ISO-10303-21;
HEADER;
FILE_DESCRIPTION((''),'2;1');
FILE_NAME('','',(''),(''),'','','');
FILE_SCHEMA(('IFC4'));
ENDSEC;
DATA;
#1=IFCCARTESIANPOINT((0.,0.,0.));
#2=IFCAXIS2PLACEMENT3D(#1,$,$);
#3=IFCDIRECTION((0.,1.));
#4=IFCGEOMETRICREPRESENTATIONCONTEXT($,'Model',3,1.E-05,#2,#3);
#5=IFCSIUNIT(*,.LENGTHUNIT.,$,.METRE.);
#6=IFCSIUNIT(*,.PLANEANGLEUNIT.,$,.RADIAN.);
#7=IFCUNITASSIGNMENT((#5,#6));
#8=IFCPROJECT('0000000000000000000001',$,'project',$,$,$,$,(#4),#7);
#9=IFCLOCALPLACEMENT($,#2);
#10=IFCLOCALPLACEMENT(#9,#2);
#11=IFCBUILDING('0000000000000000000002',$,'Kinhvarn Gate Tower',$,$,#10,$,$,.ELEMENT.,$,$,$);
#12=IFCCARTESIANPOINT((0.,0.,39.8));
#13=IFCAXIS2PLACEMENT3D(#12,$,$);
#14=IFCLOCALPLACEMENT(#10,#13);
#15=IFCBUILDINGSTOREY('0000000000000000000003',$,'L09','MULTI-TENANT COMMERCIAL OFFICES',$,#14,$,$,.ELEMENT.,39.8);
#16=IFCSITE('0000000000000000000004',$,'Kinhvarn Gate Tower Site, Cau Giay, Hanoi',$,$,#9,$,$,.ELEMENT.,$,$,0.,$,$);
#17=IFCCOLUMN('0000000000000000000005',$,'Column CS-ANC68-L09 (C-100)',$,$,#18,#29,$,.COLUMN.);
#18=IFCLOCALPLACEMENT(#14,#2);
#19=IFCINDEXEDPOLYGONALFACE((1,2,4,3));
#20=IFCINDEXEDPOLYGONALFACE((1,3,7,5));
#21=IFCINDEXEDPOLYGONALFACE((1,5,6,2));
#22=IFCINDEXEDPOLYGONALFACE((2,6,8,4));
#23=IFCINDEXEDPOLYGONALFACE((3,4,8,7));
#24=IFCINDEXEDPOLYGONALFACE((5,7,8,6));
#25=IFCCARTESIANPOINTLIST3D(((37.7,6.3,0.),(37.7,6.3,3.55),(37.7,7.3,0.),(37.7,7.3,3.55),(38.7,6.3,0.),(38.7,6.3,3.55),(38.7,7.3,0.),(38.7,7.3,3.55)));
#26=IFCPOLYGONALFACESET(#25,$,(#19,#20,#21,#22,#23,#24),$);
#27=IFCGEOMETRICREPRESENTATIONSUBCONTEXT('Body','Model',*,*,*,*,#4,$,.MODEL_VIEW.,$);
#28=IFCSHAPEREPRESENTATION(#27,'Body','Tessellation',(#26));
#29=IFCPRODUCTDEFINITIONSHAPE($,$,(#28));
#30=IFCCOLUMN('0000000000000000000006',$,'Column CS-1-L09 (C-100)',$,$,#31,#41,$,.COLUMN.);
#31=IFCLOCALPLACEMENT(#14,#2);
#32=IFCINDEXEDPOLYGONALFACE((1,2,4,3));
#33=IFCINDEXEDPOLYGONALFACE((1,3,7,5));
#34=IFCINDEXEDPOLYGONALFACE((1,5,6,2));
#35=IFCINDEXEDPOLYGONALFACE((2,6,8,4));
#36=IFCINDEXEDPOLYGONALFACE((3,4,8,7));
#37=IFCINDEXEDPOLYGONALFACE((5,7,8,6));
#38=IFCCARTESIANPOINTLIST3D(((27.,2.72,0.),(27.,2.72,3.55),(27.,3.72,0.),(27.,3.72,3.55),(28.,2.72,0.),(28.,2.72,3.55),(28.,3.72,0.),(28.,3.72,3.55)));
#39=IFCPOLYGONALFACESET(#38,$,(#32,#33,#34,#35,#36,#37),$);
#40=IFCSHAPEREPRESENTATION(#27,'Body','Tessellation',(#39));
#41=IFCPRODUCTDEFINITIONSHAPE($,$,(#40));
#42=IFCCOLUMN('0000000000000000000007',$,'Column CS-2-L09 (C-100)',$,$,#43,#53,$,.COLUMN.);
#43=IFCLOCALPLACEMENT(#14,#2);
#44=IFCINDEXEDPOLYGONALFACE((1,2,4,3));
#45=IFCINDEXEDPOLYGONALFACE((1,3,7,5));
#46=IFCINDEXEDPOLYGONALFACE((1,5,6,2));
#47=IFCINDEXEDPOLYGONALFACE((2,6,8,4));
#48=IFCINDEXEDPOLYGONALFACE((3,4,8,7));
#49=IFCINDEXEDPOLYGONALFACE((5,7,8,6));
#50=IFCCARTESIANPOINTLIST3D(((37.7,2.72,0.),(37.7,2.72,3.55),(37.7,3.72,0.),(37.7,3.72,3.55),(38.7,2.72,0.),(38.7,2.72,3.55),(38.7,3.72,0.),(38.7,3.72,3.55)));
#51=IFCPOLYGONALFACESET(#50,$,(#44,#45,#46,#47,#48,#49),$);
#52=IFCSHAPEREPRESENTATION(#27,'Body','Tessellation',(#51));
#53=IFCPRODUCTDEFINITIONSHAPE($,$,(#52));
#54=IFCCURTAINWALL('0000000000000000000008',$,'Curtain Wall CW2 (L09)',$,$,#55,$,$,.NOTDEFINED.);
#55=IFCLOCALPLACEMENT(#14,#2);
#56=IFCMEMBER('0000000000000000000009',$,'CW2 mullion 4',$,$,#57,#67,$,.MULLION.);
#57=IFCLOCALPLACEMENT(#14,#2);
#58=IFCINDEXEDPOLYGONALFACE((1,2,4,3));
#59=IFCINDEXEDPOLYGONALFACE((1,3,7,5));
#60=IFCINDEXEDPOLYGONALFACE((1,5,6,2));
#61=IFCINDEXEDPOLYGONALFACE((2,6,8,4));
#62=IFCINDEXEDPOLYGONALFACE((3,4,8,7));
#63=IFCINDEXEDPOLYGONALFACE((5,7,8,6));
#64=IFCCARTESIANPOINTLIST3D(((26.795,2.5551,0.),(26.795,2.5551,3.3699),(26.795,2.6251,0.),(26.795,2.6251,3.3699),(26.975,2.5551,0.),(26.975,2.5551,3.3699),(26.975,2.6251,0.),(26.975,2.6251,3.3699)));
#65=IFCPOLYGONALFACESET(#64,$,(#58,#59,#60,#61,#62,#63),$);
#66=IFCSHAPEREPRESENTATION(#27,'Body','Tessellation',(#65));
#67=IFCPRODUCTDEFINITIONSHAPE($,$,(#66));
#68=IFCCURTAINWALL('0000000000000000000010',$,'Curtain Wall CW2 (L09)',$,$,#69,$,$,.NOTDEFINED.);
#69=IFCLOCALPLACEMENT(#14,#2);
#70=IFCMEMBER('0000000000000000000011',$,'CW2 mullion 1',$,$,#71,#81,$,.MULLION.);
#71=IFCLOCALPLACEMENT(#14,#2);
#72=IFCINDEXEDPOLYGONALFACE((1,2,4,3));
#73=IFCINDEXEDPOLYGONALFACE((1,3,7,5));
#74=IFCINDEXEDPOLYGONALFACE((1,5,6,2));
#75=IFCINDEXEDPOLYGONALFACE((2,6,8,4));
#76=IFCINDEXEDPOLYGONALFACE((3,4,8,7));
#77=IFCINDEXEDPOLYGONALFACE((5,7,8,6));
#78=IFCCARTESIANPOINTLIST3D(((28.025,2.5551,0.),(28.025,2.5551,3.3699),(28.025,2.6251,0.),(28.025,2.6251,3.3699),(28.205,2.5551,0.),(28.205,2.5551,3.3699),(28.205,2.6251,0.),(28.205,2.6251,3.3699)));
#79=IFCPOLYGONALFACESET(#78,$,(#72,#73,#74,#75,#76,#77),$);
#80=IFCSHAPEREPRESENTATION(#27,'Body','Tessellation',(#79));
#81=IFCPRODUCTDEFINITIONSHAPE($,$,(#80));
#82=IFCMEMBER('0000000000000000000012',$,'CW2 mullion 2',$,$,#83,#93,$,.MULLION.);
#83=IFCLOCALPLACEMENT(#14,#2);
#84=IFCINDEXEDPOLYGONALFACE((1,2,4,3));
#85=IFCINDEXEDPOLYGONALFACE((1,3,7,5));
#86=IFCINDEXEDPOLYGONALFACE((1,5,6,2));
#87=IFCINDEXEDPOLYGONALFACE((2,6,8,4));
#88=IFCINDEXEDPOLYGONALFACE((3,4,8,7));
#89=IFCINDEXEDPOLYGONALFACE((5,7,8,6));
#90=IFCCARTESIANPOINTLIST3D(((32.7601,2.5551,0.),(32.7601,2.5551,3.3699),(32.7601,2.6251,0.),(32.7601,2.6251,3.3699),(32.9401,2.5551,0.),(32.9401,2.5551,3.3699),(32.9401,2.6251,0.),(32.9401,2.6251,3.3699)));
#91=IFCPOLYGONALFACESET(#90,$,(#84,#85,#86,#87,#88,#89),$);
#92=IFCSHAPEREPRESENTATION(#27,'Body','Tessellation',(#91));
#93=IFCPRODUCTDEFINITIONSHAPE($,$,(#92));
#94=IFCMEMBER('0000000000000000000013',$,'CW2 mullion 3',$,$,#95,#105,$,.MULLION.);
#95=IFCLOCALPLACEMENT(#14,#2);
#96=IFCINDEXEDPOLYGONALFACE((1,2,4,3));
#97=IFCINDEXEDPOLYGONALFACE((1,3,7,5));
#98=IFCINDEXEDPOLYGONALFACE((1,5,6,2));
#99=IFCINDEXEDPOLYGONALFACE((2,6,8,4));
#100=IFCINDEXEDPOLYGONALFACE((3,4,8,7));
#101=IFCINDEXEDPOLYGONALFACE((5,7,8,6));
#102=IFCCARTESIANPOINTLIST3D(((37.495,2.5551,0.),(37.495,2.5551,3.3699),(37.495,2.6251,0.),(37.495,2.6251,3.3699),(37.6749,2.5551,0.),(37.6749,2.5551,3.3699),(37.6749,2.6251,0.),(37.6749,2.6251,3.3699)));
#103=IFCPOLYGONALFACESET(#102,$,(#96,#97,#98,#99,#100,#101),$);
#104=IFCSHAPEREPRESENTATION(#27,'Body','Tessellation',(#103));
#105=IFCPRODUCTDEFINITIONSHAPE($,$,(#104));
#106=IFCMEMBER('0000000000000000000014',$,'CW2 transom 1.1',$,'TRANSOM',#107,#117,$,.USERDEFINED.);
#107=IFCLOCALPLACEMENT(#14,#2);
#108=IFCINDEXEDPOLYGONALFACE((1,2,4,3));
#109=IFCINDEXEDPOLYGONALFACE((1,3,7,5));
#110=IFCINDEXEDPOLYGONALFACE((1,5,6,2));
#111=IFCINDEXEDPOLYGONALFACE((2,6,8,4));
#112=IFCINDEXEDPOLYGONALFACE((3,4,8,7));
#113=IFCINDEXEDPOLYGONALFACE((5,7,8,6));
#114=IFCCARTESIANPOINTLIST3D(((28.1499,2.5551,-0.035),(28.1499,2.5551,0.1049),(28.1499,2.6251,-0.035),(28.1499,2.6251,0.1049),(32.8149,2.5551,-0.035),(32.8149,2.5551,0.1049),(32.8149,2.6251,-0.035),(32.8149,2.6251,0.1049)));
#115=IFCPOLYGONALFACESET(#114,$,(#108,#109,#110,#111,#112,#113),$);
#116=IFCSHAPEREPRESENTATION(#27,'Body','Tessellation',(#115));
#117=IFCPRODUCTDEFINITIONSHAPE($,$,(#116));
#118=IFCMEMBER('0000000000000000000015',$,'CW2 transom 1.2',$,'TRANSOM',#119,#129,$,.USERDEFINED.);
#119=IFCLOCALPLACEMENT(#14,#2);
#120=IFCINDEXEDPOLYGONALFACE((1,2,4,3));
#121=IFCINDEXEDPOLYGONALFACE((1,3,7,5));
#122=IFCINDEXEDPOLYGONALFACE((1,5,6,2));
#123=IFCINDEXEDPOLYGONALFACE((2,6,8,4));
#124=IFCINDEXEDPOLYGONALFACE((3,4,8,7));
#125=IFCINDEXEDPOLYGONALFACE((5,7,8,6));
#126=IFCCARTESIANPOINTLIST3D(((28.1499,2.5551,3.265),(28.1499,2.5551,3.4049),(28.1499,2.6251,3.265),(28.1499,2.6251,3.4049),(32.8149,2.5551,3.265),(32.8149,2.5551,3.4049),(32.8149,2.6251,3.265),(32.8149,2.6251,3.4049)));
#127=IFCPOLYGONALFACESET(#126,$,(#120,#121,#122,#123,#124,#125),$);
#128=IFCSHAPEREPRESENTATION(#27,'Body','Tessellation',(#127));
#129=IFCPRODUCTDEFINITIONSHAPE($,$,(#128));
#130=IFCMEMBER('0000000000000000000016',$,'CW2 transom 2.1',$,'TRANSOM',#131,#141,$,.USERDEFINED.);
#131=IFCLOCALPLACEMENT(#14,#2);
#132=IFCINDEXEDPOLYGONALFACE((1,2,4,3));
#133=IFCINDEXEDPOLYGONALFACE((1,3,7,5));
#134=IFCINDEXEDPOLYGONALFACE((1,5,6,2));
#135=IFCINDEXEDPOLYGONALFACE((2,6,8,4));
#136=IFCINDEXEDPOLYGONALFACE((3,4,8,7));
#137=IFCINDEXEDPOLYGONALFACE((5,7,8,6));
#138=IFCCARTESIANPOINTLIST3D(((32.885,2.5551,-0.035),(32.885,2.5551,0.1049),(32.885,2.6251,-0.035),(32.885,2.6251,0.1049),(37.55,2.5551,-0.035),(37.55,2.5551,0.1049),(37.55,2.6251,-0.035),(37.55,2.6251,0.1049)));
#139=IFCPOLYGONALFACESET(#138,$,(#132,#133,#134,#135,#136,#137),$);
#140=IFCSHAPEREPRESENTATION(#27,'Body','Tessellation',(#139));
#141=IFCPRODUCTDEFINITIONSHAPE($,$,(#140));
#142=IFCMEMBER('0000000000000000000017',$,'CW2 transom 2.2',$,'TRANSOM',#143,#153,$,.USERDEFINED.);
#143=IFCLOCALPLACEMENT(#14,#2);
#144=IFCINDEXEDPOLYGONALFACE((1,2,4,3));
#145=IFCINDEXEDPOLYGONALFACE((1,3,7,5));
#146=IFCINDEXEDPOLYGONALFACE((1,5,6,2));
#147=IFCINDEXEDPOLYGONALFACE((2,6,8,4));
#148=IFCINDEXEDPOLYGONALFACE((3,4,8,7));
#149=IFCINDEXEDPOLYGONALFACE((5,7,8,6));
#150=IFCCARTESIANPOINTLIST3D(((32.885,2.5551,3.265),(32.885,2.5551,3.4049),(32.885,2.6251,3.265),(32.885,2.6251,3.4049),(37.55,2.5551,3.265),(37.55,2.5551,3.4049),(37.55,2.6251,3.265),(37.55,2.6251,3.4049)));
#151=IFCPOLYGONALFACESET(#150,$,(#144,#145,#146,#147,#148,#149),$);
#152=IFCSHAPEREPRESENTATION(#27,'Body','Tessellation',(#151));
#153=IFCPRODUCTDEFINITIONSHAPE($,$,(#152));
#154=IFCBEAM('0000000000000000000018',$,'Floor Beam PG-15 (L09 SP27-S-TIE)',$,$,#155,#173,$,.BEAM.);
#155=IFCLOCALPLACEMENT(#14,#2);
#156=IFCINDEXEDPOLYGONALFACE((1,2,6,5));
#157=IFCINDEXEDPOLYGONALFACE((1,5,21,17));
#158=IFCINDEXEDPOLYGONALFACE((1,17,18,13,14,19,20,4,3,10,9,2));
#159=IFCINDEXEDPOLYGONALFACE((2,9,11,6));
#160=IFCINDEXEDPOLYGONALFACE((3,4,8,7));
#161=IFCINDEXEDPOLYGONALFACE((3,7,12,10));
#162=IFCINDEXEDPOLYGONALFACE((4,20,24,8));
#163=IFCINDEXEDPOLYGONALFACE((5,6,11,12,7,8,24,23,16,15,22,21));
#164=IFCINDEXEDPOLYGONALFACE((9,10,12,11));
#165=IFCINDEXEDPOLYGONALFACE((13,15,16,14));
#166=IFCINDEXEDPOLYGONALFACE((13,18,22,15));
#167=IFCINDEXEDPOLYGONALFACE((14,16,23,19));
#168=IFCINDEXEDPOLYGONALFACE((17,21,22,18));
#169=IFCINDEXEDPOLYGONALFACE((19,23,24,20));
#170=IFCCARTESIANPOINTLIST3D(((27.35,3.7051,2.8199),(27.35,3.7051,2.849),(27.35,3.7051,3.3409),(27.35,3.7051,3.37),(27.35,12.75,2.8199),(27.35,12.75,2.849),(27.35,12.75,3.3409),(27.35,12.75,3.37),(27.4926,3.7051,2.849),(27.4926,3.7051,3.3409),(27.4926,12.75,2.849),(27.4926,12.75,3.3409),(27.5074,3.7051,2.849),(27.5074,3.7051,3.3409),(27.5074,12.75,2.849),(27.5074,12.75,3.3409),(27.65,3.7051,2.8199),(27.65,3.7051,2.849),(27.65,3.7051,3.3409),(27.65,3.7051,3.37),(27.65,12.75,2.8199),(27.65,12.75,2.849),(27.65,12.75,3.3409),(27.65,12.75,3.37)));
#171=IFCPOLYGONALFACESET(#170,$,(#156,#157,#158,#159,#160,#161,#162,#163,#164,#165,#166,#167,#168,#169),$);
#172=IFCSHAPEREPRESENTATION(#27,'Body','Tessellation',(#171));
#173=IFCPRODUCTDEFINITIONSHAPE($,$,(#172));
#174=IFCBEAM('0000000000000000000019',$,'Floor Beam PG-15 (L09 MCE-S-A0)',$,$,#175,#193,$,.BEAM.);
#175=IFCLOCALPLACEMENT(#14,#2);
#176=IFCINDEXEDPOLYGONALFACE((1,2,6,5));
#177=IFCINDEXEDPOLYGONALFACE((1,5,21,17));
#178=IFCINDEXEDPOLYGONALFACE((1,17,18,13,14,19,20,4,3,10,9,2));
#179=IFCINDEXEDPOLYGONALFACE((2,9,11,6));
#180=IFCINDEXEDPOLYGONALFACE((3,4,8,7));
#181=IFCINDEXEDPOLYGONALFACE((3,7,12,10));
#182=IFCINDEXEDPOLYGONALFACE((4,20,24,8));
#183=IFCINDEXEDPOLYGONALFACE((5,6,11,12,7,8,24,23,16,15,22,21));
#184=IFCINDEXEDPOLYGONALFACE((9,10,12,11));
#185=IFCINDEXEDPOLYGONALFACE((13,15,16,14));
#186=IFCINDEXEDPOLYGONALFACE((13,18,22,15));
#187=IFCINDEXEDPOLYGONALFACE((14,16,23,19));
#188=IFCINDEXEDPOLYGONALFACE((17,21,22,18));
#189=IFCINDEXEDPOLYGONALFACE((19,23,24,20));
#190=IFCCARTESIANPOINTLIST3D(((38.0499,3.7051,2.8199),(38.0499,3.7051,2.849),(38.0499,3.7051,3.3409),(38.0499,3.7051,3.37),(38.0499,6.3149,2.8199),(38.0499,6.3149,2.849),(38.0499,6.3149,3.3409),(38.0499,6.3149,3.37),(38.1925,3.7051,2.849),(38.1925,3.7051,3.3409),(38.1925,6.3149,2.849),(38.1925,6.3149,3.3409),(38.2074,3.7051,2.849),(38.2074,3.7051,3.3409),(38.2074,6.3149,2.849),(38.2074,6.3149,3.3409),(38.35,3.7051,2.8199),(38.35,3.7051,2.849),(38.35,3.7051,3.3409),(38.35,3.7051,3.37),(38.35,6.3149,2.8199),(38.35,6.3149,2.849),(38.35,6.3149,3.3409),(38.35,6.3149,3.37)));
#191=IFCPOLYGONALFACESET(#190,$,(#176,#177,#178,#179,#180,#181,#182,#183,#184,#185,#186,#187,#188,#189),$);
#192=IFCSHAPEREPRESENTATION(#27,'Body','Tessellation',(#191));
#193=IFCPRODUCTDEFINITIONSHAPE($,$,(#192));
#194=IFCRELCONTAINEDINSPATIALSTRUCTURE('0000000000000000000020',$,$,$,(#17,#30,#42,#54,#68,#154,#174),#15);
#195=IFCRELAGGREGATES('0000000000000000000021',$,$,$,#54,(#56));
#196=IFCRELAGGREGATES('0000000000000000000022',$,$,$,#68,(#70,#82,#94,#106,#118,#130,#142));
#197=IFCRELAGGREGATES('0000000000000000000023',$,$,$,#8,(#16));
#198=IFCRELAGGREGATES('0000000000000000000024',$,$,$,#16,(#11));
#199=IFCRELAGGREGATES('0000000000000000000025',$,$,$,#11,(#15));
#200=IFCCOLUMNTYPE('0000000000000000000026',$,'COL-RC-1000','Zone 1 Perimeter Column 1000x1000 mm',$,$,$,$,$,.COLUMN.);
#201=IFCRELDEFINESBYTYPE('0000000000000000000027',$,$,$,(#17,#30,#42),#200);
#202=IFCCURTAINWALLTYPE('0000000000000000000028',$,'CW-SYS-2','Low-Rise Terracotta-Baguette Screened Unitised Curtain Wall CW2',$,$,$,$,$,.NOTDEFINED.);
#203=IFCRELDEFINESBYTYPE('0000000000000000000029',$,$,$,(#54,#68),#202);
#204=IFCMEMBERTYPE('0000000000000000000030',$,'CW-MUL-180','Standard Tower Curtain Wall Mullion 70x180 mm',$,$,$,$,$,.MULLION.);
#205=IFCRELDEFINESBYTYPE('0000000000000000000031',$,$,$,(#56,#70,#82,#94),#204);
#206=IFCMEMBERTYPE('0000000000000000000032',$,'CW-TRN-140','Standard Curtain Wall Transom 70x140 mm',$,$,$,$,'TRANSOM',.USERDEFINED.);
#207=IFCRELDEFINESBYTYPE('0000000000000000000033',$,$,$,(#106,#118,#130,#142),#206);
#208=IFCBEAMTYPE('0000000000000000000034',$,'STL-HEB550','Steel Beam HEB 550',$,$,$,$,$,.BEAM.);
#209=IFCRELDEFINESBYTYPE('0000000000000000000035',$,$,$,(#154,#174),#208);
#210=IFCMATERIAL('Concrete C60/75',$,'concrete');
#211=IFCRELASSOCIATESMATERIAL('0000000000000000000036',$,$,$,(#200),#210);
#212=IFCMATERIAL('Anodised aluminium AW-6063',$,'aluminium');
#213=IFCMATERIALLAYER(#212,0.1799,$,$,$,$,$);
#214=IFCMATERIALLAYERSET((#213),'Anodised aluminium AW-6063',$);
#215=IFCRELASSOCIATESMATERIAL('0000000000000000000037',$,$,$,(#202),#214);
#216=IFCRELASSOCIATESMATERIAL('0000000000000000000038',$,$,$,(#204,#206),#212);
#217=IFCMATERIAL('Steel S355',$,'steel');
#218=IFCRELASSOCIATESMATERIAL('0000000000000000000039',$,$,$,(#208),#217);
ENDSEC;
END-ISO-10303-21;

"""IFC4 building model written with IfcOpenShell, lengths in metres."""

from ifc_helpers import new_model, si_unit, direction, frame, origin, origin_2d, place, context, subcontext, project, spatial, rectangle, i_section, extrude, material, layer, layer_set, material_profile, profile_set, type_object, element, aggregate, save


model = new_model("IFC4")

# Units and contexts
model_context = context("Model", 3, precision=1e-05, world=origin(), true_north=direction((0.0, 1.0)))
body_context = subcontext(model_context, "Body", "Model", "MODEL_VIEW")
ifc_project = project(units=[si_unit("LENGTHUNIT", "METRE"), si_unit("PLANEANGLEUNIT", "RADIAN")], contexts=[model_context])

# Site, building, storey
site_placement = place(None, origin())
site = spatial("IfcSite", under=ifc_project, at=site_placement, Name="Kinhvarn Gate Tower Site, Cau Giay, Hanoi", CompositionType="ELEMENT", RefElevation=0.0)
building_placement = place(site_placement, origin())
building = spatial("IfcBuilding", under=site, at=building_placement, Name="Kinhvarn Gate Tower", CompositionType="ELEMENT")
storey_placement = place(building_placement, frame((0.0, 0.0, 39.8)))
storey = spatial("IfcBuildingStorey", under=building, at=storey_placement, Name="L09", Description="MULTI-TENANT COMMERCIAL OFFICES", CompositionType="ELEMENT", Elevation=39.8)

# Columns
ifc_material_1 = material(Name="Concrete C60/75", Category="concrete")
ifc_material_profile_1 = material_profile(ifc_material_1, rectangle(XDim=1.0, YDim=1.0, at=origin_2d()), Name="RC 1000x1000")
ifc_profile_set_1 = profile_set([ifc_material_profile_1], Name="Concrete C60/75")
column_type = type_object("IfcColumnType", Name="COL-RC-1000", Description="Zone 1 Perimeter Column 1000x1000 mm", PredefinedType="COLUMN", material=ifc_profile_set_1)
for number, where, z_axis, x_axis, name in (
    (1, (38.2, 6.8, 0.0), (0.0, 0.0, 1.0), (1.0, 0.0, 0.0), "Column CS-ANC68-L09 (C-100)"),
    (2, (27.5, 3.22, 0.0), (0.0, 0.0, 1.0), (1.0, 0.0, 0.0), "Column CS-1-L09 (C-100)"),
    (3, (38.2, 3.22, 0.0), (0.0, 0.0, 1.0), (1.0, 0.0, 0.0), "Column CS-2-L09 (C-100)"),
):
    element("IfcColumn", number, at=place(storey_placement, frame(where, z_axis=z_axis, x_axis=x_axis)), inside=storey, type_object=column_type, Name=name, PredefinedType="COLUMN", context=body_context, shape_type="SweptSolid", body=[
        extrude(rectangle(XDim=1.0, YDim=1.0, at=origin_2d()), origin(), (0.0, 0.0, 1.0), 3.55),
    ])

# Curtain wall, member
ifc_material_2 = material(Name="Anodised aluminium AW-6063", Category="aluminium")
ifc_layer_1 = layer(ifc_material_2, 0.1799)
ifc_layer_set_1 = layer_set([ifc_layer_1], Name="Anodised aluminium AW-6063")
curtain_wall_type = type_object("IfcCurtainWallType", Name="CW-SYS-2", Description="Low-Rise Terracotta-Baguette Screened Unitised Curtain Wall CW2", PredefinedType="NOTDEFINED", material=ifc_layer_set_1)
curtain_wall_1_placement = place(storey_placement, origin())
curtain_wall_1 = element("IfcCurtainWall", 4, at=curtain_wall_1_placement, inside=storey, type_object=curtain_wall_type, Name="Curtain Wall CW2 (L09)", PredefinedType="NOTDEFINED")
ifc_material_profile_2 = material_profile(ifc_material_2, rectangle(XDim=0.0701, YDim=0.1799, at=origin_2d()), Name="ALU 70x180")
ifc_profile_set_2 = profile_set([ifc_material_profile_2], Name="Anodised aluminium AW-6063")
member_type_1 = type_object("IfcMemberType", Name="CW-MUL-180", Description="Standard Tower Curtain Wall Mullion 70x180 mm", PredefinedType="MULLION", material=ifc_profile_set_2)
member_1_placement = place(storey_placement, frame((26.885, 2.5901, 0.0), z_axis=(0.0, 0.0, 1.0), x_axis=(0.0, 1.0, 0.0)))
member_1 = element("IfcMember", 5, at=member_1_placement, type_object=member_type_1, Name="CW2 mullion 4", PredefinedType="MULLION", context=body_context, shape_type="SweptSolid", body=[
    extrude(rectangle(XDim=0.0701, YDim=0.1799, at=origin_2d()), origin(), (0.0, 0.0, 1.0), 3.3699),
])
aggregate(curtain_wall_1, [member_1])

# Curtain wall, members
curtain_wall_2_placement = place(storey_placement, origin())
curtain_wall_2 = element("IfcCurtainWall", 6, at=curtain_wall_2_placement, inside=storey, type_object=curtain_wall_type, Name="Curtain Wall CW2 (L09)", PredefinedType="NOTDEFINED")
member_2_placement = place(storey_placement, frame((28.115, 2.5901, 0.0), z_axis=(0.0, 0.0, 1.0), x_axis=(0.0, 1.0, 0.0)))
member_2 = element("IfcMember", 7, at=member_2_placement, type_object=member_type_1, Name="CW2 mullion 1", PredefinedType="MULLION", context=body_context, shape_type="SweptSolid", body=[
    extrude(rectangle(XDim=0.0701, YDim=0.1799, at=origin_2d()), origin(), (0.0, 0.0, 1.0), 3.3699),
])
member_3_placement = place(storey_placement, frame((32.8501, 2.5901, 0.0), z_axis=(0.0, 0.0, 1.0), x_axis=(0.0, 1.0, 0.0)))
member_3 = element("IfcMember", 8, at=member_3_placement, type_object=member_type_1, Name="CW2 mullion 2", PredefinedType="MULLION", context=body_context, shape_type="SweptSolid", body=[
    extrude(rectangle(XDim=0.0701, YDim=0.1799, at=origin_2d()), origin(), (0.0, 0.0, 1.0), 3.3699),
])
member_4_placement = place(storey_placement, frame((37.585, 2.5901, 0.0), z_axis=(0.0, 0.0, 1.0), x_axis=(0.0, 1.0, 0.0)))
member_4 = element("IfcMember", 9, at=member_4_placement, type_object=member_type_1, Name="CW2 mullion 3", PredefinedType="MULLION", context=body_context, shape_type="SweptSolid", body=[
    extrude(rectangle(XDim=0.0701, YDim=0.1799, at=origin_2d()), origin(), (0.0, 0.0, 1.0), 3.3699),
])
ifc_material_profile_3 = material_profile(ifc_material_2, rectangle(XDim=0.0701, YDim=0.1399, at=origin_2d()), Name="ALU 70x140")
ifc_profile_set_3 = profile_set([ifc_material_profile_3], Name="Anodised aluminium AW-6063")
member_type_2 = type_object("IfcMemberType", Name="CW-TRN-140", Description="Standard Curtain Wall Transom 70x140 mm", ElementType="TRANSOM", PredefinedType="USERDEFINED", material=ifc_profile_set_3)
member_5_placement = place(storey_placement, frame((28.1499, 2.5901, 0.0349), z_axis=(1.0, 0.0, 0.0), x_axis=(0.0, 1.0, 0.0)))
member_5 = element("IfcMember", 10, at=member_5_placement, type_object=member_type_2, Name="CW2 transom 1.1", ObjectType="TRANSOM", PredefinedType="USERDEFINED", context=body_context, shape_type="SweptSolid", body=[
    extrude(rectangle(XDim=0.0701, YDim=0.1399, at=origin_2d()), origin(), (0.0, 0.0, 1.0), 4.665),
])
member_6_placement = place(storey_placement, frame((28.1499, 2.5901, 3.335), z_axis=(1.0, 0.0, 0.0), x_axis=(0.0, 1.0, 0.0)))
member_6 = element("IfcMember", 11, at=member_6_placement, type_object=member_type_2, Name="CW2 transom 1.2", ObjectType="TRANSOM", PredefinedType="USERDEFINED", context=body_context, shape_type="SweptSolid", body=[
    extrude(rectangle(XDim=0.0701, YDim=0.1399, at=origin_2d()), origin(), (0.0, 0.0, 1.0), 4.665),
])
member_7_placement = place(storey_placement, frame((32.885, 2.5901, 0.0349), z_axis=(1.0, 0.0, 0.0), x_axis=(0.0, 1.0, 0.0)))
member_7 = element("IfcMember", 12, at=member_7_placement, type_object=member_type_2, Name="CW2 transom 2.1", ObjectType="TRANSOM", PredefinedType="USERDEFINED", context=body_context, shape_type="SweptSolid", body=[
    extrude(rectangle(XDim=0.0701, YDim=0.1399, at=origin_2d()), origin(), (0.0, 0.0, 1.0), 4.665),
])
member_8_placement = place(storey_placement, frame((32.885, 2.5901, 3.335), z_axis=(1.0, 0.0, 0.0), x_axis=(0.0, 1.0, 0.0)))
member_8 = element("IfcMember", 13, at=member_8_placement, type_object=member_type_2, Name="CW2 transom 2.2", ObjectType="TRANSOM", PredefinedType="USERDEFINED", context=body_context, shape_type="SweptSolid", body=[
    extrude(rectangle(XDim=0.0701, YDim=0.1399, at=origin_2d()), origin(), (0.0, 0.0, 1.0), 4.665),
])

# Beams
ifc_material_3 = material(Name="Steel S355", Category="steel")
ifc_material_profile_4 = material_profile(ifc_material_3, i_section(OverallWidth=0.3, OverallDepth=0.55, WebThickness=0.0149, FlangeThickness=0.0291, at=origin_2d()), Name="HEB 550")
ifc_profile_set_4 = profile_set([ifc_material_profile_4], Name="Steel S355")
beam_type_1 = type_object("IfcBeamType", Name="STL-HEB550", Description="Steel Beam HEB 550", PredefinedType="BEAM", material=ifc_profile_set_4)
beam_1_placement = place(storey_placement, frame((27.5, 3.7051, 3.095), z_axis=(0.0, 1.0, 0.0), x_axis=(-1.0, 0.0, 0.0)))
element("IfcBeam", 14, at=beam_1_placement, inside=storey, type_object=beam_type_1, Name="Floor Beam PG-15 (L09 SP27-S-TIE)", PredefinedType="BEAM", context=body_context, shape_type="SweptSolid", body=[
    extrude(i_section(OverallWidth=0.3, OverallDepth=0.55, WebThickness=0.0149, FlangeThickness=0.0291, at=origin_2d()), origin(), (0.0, 0.0, 1.0), 9.0449),
])
beam_2_placement = place(storey_placement, frame((38.2, 3.7051, 3.095), z_axis=(0.0, 1.0, 0.0), x_axis=(-1.0, 0.0, 0.0)))
element("IfcBeam", 15, at=beam_2_placement, inside=storey, type_object=beam_type_1, Name="Floor Beam PG-15 (L09 MCE-S-A0)", PredefinedType="BEAM", context=body_context, shape_type="SweptSolid", body=[
    extrude(i_section(OverallWidth=0.3, OverallDepth=0.55, WebThickness=0.0149, FlangeThickness=0.0291, at=origin_2d()), origin(), (0.0, 0.0, 1.0), 2.6099),
])

aggregate(curtain_wall_2, [member_2, member_3, member_4, member_5, member_6, member_7, member_8])

save(model, "model.ifc")
